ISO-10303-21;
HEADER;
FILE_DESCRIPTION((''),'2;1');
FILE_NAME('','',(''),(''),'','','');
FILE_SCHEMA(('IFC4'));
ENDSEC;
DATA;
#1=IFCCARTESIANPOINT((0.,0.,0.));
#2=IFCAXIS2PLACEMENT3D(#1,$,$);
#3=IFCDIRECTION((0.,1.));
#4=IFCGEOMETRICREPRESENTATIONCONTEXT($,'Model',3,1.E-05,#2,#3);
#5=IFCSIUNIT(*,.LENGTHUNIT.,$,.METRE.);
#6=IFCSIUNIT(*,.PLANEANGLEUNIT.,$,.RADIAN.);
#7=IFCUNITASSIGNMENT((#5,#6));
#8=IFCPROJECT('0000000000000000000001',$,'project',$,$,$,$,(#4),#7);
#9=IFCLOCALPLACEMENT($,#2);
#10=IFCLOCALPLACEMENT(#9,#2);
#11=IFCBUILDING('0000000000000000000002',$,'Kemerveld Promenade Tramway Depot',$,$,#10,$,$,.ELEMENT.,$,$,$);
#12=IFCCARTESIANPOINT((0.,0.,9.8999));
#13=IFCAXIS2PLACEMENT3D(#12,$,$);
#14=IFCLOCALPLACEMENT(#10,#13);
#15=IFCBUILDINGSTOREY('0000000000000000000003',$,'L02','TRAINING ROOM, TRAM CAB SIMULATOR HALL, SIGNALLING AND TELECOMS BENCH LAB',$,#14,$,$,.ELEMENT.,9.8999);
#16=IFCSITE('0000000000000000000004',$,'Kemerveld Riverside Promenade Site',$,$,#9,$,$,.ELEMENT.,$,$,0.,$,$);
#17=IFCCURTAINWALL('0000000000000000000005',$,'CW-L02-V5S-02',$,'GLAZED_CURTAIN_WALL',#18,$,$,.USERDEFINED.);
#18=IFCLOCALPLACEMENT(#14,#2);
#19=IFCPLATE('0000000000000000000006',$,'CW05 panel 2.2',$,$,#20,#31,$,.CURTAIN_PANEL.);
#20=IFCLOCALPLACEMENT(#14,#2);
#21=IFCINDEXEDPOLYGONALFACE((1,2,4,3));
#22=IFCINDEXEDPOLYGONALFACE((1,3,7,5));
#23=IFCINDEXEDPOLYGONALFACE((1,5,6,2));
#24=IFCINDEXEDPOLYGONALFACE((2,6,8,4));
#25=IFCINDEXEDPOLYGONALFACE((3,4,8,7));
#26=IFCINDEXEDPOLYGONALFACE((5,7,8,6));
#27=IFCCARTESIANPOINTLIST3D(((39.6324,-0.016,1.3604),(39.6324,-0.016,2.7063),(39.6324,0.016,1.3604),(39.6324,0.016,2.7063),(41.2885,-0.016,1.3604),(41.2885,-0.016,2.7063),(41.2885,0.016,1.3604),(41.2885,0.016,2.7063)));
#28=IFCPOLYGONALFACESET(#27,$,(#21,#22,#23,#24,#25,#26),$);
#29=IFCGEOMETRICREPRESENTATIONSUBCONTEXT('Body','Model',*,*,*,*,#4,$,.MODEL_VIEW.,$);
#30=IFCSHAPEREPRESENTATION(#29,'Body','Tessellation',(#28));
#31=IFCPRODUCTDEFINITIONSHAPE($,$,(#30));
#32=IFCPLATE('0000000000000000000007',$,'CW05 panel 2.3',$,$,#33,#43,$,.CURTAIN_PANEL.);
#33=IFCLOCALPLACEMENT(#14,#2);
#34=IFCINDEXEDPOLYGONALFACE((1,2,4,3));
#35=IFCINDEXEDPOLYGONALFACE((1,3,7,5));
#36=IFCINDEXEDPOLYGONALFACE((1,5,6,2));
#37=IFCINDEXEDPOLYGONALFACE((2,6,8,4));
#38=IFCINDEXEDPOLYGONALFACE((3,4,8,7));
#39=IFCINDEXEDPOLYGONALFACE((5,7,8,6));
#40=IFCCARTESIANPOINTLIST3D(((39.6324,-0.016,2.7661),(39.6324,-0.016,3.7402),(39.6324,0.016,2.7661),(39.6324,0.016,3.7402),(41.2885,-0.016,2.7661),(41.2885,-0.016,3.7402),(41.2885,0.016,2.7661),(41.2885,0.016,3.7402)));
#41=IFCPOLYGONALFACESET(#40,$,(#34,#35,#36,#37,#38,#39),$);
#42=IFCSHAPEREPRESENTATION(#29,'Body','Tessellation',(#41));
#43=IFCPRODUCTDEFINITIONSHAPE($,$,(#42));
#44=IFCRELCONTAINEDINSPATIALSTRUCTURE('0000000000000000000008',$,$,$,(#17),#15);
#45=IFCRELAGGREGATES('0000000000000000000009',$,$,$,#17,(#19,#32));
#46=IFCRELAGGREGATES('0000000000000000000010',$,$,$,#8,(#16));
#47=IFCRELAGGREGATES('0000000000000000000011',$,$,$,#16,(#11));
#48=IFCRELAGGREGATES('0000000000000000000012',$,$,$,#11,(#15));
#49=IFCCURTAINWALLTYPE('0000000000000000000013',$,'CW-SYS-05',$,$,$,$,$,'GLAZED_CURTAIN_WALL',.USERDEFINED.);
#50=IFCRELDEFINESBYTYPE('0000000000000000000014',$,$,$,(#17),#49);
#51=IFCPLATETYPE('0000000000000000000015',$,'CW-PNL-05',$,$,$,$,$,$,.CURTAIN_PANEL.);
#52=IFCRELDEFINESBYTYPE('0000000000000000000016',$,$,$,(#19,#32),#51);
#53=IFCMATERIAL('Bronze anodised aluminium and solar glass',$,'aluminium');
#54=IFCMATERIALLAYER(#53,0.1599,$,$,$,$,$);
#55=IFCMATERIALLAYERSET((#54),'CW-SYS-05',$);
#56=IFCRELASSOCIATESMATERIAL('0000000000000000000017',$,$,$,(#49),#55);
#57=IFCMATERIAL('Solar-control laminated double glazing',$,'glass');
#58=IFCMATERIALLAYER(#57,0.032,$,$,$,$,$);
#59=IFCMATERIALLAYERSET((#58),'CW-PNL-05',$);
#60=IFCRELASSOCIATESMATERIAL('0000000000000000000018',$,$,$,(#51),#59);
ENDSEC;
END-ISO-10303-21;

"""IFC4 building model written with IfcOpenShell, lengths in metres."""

from ifc_helpers import new_model, si_unit, direction, frame, origin, origin_2d, place, context, subcontext, project, spatial, rectangle, extrude, material, layer, layer_set, type_object, element, aggregate, save


model = new_model("IFC4")

# Units and contexts
model_context = context("Model", 3, precision=1e-05, world=origin(), true_north=direction((0.0, 1.0)))
body_context = subcontext(model_context, "Body", "Model", "MODEL_VIEW")
ifc_project = project(units=[si_unit("LENGTHUNIT", "METRE"), si_unit("PLANEANGLEUNIT", "RADIAN")], contexts=[model_context])

# Site, building, storey
site_placement = place(None, origin())
site = spatial("IfcSite", under=ifc_project, at=site_placement, Name="Kemerveld Riverside Promenade Site", CompositionType="ELEMENT", RefElevation=0.0)
building_placement = place(site_placement, origin())
building = spatial("IfcBuilding", under=site, at=building_placement, Name="Kemerveld Promenade Tramway Depot", CompositionType="ELEMENT")
storey_placement = place(building_placement, frame((0.0, 0.0, 9.8999)))
storey = spatial("IfcBuildingStorey", under=building, at=storey_placement, Name="L02", Description="TRAINING ROOM, TRAM CAB SIMULATOR HALL, SIGNALLING AND TELECOMS BENCH LAB", CompositionType="ELEMENT", Elevation=9.8999)

# Curtain wall, plates
ifc_material_1 = material(Name="Bronze anodised aluminium and solar glass", Category="aluminium")
ifc_layer_1 = layer(ifc_material_1, 0.1599)
ifc_layer_set_1 = layer_set([ifc_layer_1], Name="CW-SYS-05")
curtain_wall_type = type_object("IfcCurtainWallType", Name="CW-SYS-05", ElementType="GLAZED_CURTAIN_WALL", PredefinedType="USERDEFINED", material=ifc_layer_set_1)
curtain_wall_placement = place(storey_placement, origin())
curtain_wall = element("IfcCurtainWall", 1, at=curtain_wall_placement, inside=storey, type_object=curtain_wall_type, Name="CW-L02-V5S-02", ObjectType="GLAZED_CURTAIN_WALL", PredefinedType="USERDEFINED")
ifc_material_2 = material(Name="Solar-control laminated double glazing", Category="glass")
ifc_layer_2 = layer(ifc_material_2, 0.032)
ifc_layer_set_2 = layer_set([ifc_layer_2], Name="CW-PNL-05")
plate_type = type_object("IfcPlateType", Name="CW-PNL-05", PredefinedType="CURTAIN_PANEL", material=ifc_layer_set_2)
plate_1_placement = place(storey_placement, frame((40.4604, 0.0, 1.3604), z_axis=(0.0, 0.0, 1.0), x_axis=(-1.0, 0.0, 0.0)))
plate_1 = element("IfcPlate", 2, at=plate_1_placement, type_object=plate_type, Name="CW05 panel 2.2", PredefinedType="CURTAIN_PANEL", context=body_context, shape_type="SweptSolid", body=[
    extrude(rectangle(XDim=1.656, YDim=0.032, at=origin_2d()), origin(), (0.0, 0.0, 1.0), 1.3459),
])
plate_2_placement = place(storey_placement, frame((40.4604, 0.0, 2.7661), z_axis=(0.0, 0.0, 1.0), x_axis=(-1.0, 0.0, 0.0)))
plate_2 = element("IfcPlate", 3, at=plate_2_placement, type_object=plate_type, Name="CW05 panel 2.3", PredefinedType="CURTAIN_PANEL", context=body_context, shape_type="SweptSolid", body=[
    extrude(rectangle(XDim=1.656, YDim=0.032, at=origin_2d()), origin(), (0.0, 0.0, 1.0), 0.9741),
])
aggregate(curtain_wall, [plate_1, plate_2])

save(model, "model.ifc")
